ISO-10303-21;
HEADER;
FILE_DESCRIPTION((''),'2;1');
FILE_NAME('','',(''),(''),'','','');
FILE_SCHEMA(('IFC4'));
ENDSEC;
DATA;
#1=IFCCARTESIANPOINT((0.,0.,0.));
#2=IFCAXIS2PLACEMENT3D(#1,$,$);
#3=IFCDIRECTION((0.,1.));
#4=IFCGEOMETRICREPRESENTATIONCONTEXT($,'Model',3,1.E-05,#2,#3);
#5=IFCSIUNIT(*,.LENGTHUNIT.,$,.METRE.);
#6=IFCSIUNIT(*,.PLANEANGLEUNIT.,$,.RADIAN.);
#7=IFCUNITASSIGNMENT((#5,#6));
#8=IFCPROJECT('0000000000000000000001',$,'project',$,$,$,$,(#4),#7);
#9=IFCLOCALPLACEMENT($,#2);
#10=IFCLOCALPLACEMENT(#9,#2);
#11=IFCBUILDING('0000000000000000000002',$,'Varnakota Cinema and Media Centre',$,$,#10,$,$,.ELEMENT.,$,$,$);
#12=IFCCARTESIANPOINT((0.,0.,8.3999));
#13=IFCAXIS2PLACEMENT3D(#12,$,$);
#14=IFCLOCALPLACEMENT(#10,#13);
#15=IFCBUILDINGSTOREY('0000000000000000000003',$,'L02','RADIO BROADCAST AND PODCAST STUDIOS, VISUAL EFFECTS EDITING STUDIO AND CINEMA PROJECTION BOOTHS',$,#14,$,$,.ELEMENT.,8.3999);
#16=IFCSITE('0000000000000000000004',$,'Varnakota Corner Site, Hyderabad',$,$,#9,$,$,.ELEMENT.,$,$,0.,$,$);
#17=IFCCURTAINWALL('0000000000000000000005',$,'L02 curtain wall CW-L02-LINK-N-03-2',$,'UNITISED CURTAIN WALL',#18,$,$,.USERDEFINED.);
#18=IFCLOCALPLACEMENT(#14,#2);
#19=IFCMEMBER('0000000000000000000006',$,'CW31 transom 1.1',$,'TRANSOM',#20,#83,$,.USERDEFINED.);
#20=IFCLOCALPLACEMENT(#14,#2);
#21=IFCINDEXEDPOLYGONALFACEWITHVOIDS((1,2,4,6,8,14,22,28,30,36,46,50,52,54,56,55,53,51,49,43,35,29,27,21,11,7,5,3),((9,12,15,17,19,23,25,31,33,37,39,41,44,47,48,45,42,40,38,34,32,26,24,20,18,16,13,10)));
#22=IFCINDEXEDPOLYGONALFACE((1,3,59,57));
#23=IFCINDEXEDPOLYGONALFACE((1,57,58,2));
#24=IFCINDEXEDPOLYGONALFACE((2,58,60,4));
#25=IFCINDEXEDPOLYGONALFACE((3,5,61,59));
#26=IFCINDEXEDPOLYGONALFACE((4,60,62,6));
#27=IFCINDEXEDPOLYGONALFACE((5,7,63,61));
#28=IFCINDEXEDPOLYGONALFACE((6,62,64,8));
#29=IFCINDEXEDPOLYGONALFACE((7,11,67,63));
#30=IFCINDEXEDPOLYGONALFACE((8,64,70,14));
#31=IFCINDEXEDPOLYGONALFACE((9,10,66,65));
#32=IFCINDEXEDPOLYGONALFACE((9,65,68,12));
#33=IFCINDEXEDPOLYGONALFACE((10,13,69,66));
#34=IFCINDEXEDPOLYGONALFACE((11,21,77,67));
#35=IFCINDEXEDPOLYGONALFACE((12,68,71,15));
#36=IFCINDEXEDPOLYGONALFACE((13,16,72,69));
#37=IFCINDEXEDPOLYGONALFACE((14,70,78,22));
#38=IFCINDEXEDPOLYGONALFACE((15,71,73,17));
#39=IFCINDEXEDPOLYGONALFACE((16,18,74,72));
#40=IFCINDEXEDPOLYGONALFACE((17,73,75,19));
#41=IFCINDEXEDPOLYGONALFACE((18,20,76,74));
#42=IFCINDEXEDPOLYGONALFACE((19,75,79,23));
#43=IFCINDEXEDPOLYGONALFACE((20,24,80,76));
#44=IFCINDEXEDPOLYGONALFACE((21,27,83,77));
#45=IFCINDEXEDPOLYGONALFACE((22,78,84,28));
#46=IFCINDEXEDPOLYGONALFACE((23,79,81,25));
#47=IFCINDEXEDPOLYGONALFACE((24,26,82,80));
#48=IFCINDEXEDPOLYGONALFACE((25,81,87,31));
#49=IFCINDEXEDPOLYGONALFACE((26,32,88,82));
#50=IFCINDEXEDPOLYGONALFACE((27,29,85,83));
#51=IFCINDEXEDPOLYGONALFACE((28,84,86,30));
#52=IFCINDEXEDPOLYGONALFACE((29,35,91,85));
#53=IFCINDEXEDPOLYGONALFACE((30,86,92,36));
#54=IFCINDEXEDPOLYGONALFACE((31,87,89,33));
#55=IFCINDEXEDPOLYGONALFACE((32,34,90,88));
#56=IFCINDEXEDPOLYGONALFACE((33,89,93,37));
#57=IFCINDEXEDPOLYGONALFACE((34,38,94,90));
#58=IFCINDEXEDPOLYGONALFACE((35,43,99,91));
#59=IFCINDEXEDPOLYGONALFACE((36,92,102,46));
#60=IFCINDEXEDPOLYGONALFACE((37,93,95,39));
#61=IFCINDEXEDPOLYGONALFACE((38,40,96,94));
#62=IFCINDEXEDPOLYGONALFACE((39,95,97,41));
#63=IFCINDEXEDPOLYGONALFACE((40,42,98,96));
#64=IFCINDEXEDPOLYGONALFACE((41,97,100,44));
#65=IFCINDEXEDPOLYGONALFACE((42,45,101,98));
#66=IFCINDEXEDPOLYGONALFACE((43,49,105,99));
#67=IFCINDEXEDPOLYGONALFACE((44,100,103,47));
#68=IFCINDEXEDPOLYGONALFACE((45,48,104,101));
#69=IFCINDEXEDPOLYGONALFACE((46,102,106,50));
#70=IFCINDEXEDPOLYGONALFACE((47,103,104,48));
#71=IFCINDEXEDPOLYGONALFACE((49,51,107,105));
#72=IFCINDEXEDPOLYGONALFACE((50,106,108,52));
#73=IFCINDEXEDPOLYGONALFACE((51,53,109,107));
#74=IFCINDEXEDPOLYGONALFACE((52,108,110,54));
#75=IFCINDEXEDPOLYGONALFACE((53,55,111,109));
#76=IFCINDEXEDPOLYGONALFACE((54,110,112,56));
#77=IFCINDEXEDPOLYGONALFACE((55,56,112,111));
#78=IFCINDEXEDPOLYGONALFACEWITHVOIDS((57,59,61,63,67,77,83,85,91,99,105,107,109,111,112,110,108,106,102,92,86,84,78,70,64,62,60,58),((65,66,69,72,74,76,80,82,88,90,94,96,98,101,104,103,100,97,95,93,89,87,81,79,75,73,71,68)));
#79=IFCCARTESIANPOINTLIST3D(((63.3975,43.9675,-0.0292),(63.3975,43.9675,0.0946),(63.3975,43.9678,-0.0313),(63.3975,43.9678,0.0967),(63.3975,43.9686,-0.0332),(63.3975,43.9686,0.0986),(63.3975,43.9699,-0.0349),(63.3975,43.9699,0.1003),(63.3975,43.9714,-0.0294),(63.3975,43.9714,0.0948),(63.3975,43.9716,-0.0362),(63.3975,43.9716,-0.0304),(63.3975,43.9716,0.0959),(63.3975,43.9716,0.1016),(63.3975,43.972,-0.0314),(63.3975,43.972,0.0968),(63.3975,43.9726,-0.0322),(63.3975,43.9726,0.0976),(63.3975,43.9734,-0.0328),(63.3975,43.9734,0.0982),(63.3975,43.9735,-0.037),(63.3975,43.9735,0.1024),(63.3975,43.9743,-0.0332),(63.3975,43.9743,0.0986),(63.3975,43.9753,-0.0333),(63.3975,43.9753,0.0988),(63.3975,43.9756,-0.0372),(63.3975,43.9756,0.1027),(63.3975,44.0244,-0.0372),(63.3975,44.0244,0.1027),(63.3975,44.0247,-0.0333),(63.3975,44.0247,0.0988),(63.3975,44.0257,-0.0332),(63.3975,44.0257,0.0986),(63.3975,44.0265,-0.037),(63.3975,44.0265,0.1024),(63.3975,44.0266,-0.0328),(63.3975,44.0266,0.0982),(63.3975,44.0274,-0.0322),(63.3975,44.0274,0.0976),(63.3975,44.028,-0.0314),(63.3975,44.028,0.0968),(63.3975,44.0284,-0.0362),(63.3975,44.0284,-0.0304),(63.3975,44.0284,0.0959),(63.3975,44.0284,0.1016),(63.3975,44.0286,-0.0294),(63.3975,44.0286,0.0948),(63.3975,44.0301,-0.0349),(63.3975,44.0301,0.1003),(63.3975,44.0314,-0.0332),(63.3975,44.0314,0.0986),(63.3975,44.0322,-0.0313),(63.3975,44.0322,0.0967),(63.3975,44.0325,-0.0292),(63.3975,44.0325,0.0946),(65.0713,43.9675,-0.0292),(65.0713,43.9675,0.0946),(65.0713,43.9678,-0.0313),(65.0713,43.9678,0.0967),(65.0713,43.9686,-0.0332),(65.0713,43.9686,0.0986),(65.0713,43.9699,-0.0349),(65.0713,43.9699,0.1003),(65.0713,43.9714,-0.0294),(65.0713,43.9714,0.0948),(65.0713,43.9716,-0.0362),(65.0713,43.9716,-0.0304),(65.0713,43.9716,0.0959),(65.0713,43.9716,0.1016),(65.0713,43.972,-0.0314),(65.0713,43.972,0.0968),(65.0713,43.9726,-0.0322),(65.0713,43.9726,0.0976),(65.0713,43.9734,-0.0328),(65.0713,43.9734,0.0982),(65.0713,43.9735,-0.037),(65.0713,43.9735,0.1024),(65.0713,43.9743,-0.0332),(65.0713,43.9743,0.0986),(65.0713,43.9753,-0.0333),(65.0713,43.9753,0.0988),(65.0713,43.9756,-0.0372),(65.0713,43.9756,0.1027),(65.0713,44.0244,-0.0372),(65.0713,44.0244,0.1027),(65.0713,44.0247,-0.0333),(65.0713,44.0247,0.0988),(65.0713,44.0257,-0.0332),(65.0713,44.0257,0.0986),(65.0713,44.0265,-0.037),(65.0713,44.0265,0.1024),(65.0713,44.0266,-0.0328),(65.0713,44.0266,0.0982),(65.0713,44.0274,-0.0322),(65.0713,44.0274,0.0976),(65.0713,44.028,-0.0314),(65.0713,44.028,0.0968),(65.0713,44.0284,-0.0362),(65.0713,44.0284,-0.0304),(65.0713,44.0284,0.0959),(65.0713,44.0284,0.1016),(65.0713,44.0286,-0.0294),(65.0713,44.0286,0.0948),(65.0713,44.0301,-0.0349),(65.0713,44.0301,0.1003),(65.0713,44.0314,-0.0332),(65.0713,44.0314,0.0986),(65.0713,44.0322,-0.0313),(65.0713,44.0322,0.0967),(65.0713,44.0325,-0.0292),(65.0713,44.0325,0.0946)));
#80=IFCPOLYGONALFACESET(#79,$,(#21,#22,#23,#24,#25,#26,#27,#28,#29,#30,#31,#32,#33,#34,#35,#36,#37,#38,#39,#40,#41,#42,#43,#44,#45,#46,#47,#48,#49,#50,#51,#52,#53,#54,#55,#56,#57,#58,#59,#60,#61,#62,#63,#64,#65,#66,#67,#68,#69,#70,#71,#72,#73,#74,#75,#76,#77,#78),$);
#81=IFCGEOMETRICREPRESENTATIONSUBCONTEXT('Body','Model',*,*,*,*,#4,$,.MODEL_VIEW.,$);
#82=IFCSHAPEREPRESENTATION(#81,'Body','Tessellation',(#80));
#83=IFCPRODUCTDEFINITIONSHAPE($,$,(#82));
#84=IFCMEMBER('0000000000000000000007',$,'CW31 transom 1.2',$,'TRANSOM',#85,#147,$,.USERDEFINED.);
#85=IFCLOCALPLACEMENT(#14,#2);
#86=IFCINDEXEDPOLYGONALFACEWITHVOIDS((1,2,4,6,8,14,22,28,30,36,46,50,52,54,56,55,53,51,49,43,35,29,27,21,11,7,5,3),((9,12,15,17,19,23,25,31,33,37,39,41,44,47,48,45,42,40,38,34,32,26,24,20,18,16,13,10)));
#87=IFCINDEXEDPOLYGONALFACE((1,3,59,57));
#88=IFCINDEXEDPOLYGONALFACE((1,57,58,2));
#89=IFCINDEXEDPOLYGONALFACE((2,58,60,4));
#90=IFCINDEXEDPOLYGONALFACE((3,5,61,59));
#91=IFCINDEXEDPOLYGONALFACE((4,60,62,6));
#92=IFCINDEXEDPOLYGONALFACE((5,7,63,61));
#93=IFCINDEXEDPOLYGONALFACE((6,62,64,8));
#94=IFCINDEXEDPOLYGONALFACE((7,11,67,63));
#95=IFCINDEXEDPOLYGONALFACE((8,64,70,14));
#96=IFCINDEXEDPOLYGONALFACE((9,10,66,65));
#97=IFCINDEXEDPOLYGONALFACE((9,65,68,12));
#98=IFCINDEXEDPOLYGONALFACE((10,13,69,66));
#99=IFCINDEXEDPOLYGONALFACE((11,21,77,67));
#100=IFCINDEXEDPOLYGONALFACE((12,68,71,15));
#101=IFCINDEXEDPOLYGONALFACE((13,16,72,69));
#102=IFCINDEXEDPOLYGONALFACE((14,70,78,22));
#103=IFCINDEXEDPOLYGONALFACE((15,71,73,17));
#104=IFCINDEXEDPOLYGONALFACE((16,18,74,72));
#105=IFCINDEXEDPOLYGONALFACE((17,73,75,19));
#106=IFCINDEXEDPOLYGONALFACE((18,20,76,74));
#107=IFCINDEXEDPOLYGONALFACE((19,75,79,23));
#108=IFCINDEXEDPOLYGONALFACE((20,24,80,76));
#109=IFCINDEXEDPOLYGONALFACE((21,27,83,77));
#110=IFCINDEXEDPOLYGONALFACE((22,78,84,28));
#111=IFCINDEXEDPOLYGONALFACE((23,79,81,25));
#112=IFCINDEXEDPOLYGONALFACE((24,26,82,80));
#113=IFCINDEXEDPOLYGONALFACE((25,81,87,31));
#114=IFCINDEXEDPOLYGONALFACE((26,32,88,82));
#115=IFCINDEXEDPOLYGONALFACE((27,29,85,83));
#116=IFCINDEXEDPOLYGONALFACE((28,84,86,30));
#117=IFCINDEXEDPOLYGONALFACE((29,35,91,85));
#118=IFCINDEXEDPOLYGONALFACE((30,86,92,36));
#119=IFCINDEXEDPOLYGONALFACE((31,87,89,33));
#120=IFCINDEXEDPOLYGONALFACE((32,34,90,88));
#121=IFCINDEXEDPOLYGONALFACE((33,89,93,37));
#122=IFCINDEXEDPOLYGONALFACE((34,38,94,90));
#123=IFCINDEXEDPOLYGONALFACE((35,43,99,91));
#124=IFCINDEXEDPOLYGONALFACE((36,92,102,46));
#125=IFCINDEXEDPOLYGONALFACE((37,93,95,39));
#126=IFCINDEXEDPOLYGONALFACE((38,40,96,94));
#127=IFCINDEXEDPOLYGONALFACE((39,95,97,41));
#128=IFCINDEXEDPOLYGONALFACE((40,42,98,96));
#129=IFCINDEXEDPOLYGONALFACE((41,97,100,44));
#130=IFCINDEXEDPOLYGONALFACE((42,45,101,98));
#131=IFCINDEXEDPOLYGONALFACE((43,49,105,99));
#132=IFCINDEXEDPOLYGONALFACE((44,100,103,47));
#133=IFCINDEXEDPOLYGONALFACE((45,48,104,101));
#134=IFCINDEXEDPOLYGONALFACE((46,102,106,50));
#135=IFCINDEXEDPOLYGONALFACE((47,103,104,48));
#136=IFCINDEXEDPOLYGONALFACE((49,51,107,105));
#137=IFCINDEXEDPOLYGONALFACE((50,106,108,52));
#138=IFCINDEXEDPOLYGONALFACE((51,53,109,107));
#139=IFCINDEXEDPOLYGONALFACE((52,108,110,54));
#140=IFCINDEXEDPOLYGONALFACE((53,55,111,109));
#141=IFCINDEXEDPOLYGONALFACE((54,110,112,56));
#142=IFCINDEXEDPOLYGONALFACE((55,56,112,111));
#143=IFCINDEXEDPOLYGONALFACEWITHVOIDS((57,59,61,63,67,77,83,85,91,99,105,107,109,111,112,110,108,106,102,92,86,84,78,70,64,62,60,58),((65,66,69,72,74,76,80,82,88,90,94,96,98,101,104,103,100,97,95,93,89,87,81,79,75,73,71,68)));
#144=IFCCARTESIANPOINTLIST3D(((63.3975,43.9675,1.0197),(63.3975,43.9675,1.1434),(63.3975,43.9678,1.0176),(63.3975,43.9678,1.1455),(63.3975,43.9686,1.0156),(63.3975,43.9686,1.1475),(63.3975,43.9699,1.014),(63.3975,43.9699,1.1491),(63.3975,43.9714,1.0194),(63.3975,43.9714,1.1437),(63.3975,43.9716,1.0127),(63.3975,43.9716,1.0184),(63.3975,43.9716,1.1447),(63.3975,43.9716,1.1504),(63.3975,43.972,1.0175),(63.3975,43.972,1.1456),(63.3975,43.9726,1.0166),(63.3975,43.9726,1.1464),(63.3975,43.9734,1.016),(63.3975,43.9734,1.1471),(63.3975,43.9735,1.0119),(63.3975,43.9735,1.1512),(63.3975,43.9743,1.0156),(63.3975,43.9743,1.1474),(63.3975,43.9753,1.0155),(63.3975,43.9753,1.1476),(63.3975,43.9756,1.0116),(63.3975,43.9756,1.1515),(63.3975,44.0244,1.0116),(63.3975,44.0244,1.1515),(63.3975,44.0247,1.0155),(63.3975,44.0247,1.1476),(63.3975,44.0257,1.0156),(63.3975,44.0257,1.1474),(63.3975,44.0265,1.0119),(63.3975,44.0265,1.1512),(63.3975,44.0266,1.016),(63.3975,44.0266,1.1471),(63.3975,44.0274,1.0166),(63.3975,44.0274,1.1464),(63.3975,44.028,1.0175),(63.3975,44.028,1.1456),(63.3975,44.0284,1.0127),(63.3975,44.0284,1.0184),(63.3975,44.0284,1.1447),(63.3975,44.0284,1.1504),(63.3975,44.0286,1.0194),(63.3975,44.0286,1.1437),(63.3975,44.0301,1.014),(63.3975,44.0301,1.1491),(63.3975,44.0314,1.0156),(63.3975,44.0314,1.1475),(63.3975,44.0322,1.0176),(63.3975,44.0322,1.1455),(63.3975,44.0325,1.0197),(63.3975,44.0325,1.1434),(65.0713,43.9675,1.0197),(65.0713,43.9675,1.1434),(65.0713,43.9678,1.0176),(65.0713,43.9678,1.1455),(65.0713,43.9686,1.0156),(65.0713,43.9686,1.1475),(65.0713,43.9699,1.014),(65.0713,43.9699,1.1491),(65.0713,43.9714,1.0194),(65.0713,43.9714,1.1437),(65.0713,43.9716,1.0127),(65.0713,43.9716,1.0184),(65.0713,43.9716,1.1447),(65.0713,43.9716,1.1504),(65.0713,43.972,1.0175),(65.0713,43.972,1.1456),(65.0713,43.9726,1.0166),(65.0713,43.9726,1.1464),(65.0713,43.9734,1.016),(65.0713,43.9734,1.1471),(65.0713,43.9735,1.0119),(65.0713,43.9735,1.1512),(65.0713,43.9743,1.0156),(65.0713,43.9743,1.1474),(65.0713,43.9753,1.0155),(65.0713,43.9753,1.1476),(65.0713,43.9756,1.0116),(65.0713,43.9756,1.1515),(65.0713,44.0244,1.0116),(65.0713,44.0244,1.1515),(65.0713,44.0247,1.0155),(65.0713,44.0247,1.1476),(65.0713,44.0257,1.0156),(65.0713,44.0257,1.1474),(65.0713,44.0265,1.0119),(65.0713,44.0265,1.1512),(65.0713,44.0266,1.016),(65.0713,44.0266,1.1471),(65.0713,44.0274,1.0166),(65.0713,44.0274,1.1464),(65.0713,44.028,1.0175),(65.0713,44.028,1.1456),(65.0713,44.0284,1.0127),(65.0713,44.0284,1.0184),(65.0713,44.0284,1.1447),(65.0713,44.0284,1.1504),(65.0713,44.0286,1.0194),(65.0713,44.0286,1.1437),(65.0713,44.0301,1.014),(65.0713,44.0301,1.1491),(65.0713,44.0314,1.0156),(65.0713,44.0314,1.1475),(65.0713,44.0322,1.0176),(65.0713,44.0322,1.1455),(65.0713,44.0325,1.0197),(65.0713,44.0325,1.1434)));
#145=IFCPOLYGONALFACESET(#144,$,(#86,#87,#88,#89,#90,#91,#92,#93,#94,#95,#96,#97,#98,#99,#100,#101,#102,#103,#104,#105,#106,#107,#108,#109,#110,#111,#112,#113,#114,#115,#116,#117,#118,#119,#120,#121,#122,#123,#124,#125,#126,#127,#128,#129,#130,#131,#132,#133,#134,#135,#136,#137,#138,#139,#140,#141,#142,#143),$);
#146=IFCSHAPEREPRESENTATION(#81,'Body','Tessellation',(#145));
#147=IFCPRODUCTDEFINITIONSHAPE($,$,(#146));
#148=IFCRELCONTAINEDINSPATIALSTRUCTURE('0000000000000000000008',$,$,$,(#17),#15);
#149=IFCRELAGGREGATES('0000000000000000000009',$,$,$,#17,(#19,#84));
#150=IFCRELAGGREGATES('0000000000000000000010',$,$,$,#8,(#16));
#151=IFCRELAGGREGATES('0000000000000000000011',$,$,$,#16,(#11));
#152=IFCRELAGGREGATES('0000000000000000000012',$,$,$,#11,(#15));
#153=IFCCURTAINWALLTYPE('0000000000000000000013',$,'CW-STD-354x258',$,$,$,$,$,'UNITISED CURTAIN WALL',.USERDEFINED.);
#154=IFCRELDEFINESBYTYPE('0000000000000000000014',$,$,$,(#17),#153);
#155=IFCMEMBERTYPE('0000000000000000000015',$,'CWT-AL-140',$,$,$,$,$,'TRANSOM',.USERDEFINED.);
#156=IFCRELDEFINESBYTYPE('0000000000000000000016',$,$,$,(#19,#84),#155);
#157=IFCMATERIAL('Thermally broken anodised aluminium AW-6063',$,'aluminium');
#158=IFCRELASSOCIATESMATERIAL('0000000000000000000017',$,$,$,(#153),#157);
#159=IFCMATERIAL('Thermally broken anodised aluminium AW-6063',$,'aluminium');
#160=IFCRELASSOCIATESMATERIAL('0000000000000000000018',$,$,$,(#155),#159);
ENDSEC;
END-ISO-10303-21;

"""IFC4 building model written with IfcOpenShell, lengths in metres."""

from ifc_helpers import new_model, si_unit, direction, frame, origin, origin_2d, place, context, subcontext, project, spatial, hollow_rectangle, extrude, material, material_profile, profile_set, type_object, element, aggregate, save


model = new_model("IFC4")

# Units and contexts
model_context = context("Model", 3, precision=1e-05, world=origin(), true_north=direction((0.0, 1.0)))
body_context = subcontext(model_context, "Body", "Model", "MODEL_VIEW")
ifc_project = project(units=[si_unit("LENGTHUNIT", "METRE"), si_unit("PLANEANGLEUNIT", "RADIAN")], contexts=[model_context])

# Site, building, storey
site_placement = place(None, origin())
site = spatial("IfcSite", under=ifc_project, at=site_placement, Name="Varnakota Corner Site, Hyderabad", CompositionType="ELEMENT", RefElevation=0.0)
building_placement = place(site_placement, origin())
building = spatial("IfcBuilding", under=site, at=building_placement, Name="Varnakota Cinema and Media Centre", CompositionType="ELEMENT")
storey_placement = place(building_placement, frame((0.0, 0.0, 8.3999)))
storey = spatial("IfcBuildingStorey", under=building, at=storey_placement, Name="L02", Description="RADIO BROADCAST AND PODCAST STUDIOS, VISUAL EFFECTS EDITING STUDIO AND CINEMA PROJECTION BOOTHS", CompositionType="ELEMENT", Elevation=8.3999)

# Shared definitions
ifc_material_1 = material(Name="Thermally broken anodised aluminium AW-6063", Category="aluminium")
curtain_wall_type_1 = type_object("IfcCurtainWallType", Name="CW-STD-354x258", ElementType="UNITISED CURTAIN WALL", PredefinedType="USERDEFINED", material=ifc_material_1)

# Curtain wall
curtain_wall_1_placement = place(storey_placement, origin())
curtain_wall_1 = element("IfcCurtainWall", 1, at=curtain_wall_1_placement, inside=storey, type_object=curtain_wall_type_1, Name="L02 curtain wall CW-L02-LINK-N-03-2", ObjectType="UNITISED CURTAIN WALL", PredefinedType="USERDEFINED")

# Members
ifc_material_2 = material(Name="Thermally broken anodised aluminium AW-6063", Category="aluminium")
ifc_material_profile_1 = material_profile(ifc_material_2, hollow_rectangle(XDim=0.0649, YDim=0.1399, WallThickness=0.0039, InnerFilletRadius=0.0039, OuterFilletRadius=0.0081, at=origin_2d()), Name="AL-TRANSOM 140x65x4")
ifc_profile_set_1 = profile_set([ifc_material_profile_1], Name="Thermally broken anodised aluminium AW-6063")
member_type_1 = type_object("IfcMemberType", Name="CWT-AL-140", ElementType="TRANSOM", PredefinedType="USERDEFINED", material=ifc_profile_set_1)
member_1_placement = place(storey_placement, frame((63.3975, 44.0, 0.0327), z_axis=(1.0, 0.0, 0.0), x_axis=(0.0, 1.0, 0.0)))
member_1 = element("IfcMember", 2, at=member_1_placement, type_object=member_type_1, Name="CW31 transom 1.1", ObjectType="TRANSOM", PredefinedType="USERDEFINED", context=body_context, shape_type="SweptSolid", body=[
    extrude(hollow_rectangle(XDim=0.0649, YDim=0.1399, WallThickness=0.0039, InnerFilletRadius=0.0039, OuterFilletRadius=0.0081, at=origin_2d()), origin(), (0.0, 0.0, 1.0), 1.6738),
])
member_2_placement = place(storey_placement, frame((63.3975, 44.0, 1.0815), z_axis=(1.0, 0.0, 0.0), x_axis=(0.0, 1.0, 0.0)))
member_2 = element("IfcMember", 3, at=member_2_placement, type_object=member_type_1, Name="CW31 transom 1.2", ObjectType="TRANSOM", PredefinedType="USERDEFINED", context=body_context, shape_type="SweptSolid", body=[
    extrude(hollow_rectangle(XDim=0.0649, YDim=0.1399, WallThickness=0.0039, InnerFilletRadius=0.0039, OuterFilletRadius=0.0081, at=origin_2d()), origin(), (0.0, 0.0, 1.0), 1.6738),
])

aggregate(curtain_wall_1, [member_1, member_2])

save(model, "model.ifc")
